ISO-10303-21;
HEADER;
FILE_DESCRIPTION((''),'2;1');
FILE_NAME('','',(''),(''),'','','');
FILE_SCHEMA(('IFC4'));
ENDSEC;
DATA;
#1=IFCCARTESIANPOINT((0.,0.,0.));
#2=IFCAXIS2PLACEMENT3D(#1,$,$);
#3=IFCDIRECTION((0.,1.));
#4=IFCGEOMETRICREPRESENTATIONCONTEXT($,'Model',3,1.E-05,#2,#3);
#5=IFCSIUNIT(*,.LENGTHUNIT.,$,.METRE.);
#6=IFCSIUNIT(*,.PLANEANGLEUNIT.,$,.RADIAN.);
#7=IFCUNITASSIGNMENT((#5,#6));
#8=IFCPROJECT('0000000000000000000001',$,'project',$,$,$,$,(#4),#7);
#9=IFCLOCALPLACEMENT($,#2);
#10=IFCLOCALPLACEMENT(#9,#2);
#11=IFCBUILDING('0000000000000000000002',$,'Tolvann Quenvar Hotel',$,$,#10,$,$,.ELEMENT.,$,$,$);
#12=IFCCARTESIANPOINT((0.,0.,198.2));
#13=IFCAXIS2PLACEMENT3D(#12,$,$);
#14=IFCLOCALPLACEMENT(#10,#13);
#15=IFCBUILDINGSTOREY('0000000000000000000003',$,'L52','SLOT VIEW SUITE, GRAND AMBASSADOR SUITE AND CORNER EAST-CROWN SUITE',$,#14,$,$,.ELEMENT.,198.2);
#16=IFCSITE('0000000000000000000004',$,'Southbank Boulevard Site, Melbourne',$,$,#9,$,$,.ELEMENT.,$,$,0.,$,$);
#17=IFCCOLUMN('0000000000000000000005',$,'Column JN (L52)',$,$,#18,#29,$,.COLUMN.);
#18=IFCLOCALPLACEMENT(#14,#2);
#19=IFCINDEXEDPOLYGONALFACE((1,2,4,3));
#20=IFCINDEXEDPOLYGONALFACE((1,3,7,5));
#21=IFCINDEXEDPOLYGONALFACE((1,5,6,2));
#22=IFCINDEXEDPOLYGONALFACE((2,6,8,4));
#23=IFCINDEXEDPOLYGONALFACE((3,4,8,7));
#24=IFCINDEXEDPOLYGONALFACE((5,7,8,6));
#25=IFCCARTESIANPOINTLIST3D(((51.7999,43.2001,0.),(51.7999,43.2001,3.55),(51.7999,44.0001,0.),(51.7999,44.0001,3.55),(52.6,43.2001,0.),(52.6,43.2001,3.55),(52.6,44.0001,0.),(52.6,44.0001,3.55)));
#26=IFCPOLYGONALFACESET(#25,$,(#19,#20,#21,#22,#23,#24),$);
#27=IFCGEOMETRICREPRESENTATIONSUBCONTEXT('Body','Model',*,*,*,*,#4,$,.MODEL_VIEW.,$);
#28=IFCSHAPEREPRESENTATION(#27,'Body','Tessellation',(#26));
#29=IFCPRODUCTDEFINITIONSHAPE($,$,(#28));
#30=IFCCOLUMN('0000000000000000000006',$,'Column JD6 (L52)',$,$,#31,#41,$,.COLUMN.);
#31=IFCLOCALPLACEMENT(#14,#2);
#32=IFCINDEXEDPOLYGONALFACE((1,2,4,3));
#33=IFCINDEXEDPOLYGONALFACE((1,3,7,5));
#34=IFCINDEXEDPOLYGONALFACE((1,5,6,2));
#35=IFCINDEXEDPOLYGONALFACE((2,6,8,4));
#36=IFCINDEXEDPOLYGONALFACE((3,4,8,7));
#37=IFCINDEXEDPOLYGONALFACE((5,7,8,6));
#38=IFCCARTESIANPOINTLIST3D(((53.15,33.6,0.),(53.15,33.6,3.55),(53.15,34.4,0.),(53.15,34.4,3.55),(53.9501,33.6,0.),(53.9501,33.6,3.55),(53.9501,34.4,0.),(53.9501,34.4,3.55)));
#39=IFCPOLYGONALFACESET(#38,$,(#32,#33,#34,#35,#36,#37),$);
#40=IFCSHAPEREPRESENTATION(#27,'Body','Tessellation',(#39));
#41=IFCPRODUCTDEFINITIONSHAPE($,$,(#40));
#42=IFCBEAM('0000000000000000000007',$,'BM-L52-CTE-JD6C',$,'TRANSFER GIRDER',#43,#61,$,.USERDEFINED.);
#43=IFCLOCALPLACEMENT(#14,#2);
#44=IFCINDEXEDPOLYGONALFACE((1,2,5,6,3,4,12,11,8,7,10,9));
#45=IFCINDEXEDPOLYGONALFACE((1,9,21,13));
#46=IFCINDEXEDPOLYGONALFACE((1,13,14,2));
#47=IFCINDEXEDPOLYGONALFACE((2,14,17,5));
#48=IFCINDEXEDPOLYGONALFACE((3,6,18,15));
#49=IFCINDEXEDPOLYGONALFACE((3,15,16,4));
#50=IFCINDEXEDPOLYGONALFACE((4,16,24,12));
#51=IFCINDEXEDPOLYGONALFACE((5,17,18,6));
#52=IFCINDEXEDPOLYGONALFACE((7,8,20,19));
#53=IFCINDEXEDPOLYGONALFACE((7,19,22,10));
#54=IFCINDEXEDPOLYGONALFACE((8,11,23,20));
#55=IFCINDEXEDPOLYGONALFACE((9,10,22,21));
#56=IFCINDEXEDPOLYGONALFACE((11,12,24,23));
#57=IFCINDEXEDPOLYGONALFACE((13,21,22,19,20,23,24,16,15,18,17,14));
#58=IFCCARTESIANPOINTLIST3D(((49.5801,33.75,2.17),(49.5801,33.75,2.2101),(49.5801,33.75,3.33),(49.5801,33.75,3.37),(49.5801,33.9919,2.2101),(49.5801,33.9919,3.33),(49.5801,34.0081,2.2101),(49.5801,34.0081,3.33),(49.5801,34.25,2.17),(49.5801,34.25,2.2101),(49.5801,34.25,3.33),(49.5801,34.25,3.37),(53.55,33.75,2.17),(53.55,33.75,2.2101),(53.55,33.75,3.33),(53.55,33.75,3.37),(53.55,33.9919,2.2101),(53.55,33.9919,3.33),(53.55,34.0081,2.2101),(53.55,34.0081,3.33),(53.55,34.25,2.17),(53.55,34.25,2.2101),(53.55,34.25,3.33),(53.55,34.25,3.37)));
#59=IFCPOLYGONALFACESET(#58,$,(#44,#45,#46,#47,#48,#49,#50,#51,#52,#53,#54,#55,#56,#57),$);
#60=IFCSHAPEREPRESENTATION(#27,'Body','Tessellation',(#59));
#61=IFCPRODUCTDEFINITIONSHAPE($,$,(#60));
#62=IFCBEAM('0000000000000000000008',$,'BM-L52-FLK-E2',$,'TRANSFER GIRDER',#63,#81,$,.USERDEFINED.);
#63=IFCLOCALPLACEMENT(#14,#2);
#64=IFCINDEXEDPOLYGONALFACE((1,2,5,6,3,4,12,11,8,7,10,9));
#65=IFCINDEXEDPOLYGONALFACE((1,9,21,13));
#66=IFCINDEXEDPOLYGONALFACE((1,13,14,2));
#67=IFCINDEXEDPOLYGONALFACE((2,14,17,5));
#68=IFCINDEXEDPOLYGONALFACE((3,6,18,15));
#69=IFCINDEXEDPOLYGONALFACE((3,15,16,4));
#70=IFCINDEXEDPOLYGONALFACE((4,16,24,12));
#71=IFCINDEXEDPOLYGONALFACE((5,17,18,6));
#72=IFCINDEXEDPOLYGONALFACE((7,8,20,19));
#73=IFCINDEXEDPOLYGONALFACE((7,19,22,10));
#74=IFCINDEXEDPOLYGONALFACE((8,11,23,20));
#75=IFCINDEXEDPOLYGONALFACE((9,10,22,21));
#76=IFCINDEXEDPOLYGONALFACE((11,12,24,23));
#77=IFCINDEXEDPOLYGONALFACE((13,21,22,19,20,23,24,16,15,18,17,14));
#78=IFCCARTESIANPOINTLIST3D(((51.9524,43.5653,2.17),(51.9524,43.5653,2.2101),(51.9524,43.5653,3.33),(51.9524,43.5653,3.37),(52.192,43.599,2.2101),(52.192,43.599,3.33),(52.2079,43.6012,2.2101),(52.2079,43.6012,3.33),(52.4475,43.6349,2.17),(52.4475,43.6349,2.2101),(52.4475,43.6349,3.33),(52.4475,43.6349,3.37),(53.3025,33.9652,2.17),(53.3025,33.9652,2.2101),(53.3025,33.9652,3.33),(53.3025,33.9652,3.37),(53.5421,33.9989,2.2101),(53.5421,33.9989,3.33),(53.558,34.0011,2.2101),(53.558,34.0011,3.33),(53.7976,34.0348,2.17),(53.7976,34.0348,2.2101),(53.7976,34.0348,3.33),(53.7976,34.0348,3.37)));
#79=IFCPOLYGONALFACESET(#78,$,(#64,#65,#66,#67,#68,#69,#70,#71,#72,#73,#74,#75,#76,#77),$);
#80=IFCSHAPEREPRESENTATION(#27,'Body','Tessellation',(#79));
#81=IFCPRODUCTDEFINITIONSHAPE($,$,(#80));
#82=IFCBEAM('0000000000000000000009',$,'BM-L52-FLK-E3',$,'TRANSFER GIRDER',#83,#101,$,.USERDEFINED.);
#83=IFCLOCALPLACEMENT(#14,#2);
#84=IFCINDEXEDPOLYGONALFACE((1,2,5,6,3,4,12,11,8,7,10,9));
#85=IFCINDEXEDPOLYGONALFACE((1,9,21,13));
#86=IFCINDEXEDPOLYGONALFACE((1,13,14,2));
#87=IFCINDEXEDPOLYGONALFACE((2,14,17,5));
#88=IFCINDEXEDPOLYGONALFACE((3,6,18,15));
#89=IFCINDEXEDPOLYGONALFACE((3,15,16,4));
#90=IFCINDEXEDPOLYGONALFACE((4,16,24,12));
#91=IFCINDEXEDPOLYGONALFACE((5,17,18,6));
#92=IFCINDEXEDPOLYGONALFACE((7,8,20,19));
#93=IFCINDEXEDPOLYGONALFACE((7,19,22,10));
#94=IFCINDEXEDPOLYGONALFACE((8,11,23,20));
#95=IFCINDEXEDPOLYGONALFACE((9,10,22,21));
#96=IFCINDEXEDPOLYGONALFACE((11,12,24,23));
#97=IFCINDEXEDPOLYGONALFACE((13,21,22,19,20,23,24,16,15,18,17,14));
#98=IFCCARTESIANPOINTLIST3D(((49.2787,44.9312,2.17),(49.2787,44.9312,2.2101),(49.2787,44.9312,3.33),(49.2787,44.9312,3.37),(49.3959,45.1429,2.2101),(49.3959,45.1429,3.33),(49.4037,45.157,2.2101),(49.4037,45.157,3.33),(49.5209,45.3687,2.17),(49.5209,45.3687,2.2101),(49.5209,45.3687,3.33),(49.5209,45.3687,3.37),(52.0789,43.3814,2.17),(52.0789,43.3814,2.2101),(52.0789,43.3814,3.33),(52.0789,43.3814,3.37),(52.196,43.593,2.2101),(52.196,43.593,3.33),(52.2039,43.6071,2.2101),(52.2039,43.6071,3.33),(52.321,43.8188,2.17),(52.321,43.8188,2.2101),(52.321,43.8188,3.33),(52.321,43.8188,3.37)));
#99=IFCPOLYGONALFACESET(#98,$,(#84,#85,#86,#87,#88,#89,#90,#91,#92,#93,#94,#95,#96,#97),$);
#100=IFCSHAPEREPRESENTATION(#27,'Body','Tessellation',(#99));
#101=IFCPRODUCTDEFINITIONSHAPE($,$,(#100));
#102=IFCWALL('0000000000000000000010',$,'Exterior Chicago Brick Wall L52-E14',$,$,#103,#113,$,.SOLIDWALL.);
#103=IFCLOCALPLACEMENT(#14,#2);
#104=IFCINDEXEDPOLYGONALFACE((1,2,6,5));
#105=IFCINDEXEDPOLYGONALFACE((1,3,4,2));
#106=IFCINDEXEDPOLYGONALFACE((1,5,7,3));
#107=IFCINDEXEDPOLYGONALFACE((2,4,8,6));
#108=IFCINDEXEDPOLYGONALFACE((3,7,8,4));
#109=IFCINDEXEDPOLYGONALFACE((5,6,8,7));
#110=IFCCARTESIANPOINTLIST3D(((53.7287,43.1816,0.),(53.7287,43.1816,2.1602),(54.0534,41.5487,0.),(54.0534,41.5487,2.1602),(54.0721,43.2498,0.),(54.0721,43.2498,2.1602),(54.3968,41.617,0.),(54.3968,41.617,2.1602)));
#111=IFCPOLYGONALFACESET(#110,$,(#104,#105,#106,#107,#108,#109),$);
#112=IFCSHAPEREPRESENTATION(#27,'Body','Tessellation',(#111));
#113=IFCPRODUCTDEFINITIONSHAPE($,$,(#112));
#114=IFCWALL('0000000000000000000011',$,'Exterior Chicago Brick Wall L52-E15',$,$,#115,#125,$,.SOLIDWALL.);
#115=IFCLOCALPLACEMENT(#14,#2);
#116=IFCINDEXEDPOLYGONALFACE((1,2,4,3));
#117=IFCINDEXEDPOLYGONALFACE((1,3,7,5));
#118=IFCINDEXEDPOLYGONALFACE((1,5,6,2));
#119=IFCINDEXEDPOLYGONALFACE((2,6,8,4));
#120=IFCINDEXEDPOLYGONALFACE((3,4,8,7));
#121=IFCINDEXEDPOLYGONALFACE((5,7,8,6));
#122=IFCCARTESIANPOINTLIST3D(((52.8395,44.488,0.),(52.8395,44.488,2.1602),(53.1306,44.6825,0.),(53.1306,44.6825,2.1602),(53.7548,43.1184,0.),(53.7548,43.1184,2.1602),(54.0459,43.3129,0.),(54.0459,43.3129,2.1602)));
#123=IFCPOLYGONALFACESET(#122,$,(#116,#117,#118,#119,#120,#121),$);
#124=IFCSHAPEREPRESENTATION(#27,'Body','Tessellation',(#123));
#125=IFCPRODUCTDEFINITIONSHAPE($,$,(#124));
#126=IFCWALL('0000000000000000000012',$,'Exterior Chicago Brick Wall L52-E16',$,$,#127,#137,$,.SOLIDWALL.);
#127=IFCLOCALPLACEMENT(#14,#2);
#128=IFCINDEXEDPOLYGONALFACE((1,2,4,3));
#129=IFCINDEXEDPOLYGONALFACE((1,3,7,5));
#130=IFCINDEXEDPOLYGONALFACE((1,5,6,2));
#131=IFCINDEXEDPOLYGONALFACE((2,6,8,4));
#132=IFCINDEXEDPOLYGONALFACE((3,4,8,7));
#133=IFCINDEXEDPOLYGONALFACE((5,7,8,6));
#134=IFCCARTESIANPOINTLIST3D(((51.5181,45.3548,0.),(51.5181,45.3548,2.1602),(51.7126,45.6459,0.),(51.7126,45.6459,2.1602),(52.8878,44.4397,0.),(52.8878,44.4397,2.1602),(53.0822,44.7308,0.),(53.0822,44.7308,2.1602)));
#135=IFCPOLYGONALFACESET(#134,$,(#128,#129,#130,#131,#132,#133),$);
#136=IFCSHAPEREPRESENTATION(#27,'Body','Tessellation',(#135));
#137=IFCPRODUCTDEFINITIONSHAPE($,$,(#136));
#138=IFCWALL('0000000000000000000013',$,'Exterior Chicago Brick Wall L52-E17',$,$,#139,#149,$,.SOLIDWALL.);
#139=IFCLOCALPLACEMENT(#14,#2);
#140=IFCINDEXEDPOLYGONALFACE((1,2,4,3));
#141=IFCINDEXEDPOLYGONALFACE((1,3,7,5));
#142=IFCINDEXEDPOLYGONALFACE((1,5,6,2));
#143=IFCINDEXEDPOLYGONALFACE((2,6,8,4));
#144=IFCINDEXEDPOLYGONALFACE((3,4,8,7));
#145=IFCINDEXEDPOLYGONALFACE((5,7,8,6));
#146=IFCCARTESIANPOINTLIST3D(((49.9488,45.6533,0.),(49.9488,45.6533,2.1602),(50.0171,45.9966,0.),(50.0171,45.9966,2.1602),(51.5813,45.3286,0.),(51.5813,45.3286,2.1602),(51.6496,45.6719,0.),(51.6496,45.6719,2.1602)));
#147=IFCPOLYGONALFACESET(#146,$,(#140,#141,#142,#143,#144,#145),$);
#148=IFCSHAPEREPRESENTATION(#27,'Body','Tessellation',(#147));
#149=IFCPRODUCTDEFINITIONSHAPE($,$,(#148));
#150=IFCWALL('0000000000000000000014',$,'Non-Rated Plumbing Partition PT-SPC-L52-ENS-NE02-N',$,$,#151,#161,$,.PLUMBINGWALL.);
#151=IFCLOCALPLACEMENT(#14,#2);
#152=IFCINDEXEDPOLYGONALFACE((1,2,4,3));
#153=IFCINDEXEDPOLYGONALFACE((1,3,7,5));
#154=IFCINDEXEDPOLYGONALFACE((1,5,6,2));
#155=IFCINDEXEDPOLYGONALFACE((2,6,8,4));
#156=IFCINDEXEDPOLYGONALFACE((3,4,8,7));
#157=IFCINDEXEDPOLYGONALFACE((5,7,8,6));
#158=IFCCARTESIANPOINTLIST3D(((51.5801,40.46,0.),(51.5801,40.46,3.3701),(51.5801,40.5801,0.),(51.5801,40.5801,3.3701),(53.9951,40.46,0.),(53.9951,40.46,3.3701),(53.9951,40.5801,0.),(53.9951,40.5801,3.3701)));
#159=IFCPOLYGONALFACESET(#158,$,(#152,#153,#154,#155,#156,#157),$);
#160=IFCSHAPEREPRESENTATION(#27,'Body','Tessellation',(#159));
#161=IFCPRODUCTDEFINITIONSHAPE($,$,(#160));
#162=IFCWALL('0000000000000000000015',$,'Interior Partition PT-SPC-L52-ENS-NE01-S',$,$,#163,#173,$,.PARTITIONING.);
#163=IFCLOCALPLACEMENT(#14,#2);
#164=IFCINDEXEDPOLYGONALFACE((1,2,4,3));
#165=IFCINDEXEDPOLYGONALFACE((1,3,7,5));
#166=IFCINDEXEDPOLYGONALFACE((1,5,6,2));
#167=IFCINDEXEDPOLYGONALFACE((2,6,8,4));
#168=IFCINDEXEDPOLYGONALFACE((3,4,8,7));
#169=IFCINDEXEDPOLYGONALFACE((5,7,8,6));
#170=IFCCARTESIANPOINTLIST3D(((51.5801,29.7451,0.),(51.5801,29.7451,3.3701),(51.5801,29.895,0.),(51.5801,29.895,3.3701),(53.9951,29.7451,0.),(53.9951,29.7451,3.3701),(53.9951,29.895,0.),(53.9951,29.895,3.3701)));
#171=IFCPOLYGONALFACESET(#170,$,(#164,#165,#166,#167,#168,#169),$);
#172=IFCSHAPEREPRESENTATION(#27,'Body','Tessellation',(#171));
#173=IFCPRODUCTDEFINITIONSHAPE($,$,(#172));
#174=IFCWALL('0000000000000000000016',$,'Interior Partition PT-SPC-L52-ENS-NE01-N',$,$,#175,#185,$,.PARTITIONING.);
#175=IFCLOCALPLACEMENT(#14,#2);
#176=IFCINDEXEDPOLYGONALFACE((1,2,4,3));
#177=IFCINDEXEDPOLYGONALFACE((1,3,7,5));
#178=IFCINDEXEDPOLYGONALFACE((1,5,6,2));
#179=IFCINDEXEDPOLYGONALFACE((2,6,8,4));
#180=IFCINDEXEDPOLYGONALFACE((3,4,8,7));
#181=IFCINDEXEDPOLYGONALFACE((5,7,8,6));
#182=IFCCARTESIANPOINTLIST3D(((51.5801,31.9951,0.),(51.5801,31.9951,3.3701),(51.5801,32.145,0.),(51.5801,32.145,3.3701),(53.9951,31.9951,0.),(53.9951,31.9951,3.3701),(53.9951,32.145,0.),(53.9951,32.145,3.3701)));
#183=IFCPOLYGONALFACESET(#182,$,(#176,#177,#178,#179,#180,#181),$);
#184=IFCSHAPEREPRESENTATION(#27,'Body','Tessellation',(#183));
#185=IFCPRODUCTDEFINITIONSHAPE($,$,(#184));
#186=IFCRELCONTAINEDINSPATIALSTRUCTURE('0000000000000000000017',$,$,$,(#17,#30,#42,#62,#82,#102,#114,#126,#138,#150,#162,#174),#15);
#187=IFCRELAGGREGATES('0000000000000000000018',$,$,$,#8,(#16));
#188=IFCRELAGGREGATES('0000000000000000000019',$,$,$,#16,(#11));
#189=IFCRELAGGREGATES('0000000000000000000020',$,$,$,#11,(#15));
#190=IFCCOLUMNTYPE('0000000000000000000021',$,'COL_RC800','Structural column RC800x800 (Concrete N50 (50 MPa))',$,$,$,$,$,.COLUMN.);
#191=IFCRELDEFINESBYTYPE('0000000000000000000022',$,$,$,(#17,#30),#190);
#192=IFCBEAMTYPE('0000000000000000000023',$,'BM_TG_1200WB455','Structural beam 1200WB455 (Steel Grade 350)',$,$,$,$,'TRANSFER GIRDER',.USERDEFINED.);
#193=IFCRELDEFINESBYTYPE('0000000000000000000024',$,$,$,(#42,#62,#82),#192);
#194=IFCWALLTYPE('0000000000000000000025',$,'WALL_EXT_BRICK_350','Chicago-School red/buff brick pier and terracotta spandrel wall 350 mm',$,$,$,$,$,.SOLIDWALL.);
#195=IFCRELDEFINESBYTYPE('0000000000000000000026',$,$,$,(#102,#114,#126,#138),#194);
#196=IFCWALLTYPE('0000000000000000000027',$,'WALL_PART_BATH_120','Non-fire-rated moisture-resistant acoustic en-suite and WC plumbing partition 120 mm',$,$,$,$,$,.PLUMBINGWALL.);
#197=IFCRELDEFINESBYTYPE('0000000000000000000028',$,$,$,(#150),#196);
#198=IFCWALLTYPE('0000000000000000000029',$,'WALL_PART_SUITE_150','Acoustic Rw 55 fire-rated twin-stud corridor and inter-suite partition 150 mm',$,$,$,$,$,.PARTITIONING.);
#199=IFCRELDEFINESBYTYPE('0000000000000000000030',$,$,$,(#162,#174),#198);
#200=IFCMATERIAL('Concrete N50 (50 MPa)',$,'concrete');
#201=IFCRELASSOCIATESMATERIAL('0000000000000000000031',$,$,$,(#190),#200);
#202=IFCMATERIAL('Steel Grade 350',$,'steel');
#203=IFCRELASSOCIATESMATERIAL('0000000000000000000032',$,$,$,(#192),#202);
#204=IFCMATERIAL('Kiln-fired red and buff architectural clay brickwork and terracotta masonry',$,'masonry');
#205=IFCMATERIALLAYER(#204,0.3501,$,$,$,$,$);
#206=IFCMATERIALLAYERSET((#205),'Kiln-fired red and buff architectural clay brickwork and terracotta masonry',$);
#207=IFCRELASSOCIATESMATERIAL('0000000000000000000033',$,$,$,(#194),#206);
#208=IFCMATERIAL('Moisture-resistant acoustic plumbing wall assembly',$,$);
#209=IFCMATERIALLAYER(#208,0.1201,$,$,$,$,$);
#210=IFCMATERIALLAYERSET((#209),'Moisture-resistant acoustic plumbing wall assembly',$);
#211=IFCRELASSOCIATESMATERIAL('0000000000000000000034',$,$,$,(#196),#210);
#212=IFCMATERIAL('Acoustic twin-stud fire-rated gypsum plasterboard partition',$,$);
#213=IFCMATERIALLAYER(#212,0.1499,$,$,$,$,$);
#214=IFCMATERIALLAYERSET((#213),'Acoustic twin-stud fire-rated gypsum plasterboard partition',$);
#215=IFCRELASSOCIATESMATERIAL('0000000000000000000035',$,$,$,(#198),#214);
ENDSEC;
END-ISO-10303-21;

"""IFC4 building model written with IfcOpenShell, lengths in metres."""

from ifc_helpers import new_model, si_unit, direction, frame, frame_2d, origin, origin_2d, place, context, subcontext, project, spatial, rectangle, i_section, extrude, source, transform, mapped, material, layer, layer_set, material_profile, profile_set, type_object, type_shapes, element, save


model = new_model("IFC4")

# Units and contexts
model_context = context("Model", 3, precision=1e-05, world=origin(), true_north=direction((0.0, 1.0)))
body_context = subcontext(model_context, "Body", "Model", "MODEL_VIEW")
ifc_project = project(units=[si_unit("LENGTHUNIT", "METRE"), si_unit("PLANEANGLEUNIT", "RADIAN")], contexts=[model_context])

# Site, building, storey
site_placement = place(None, origin())
site = spatial("IfcSite", under=ifc_project, at=site_placement, Name="Southbank Boulevard Site, Melbourne", CompositionType="ELEMENT", RefElevation=0.0)
building_placement = place(site_placement, origin())
building = spatial("IfcBuilding", under=site, at=building_placement, Name="Tolvann Quenvar Hotel", CompositionType="ELEMENT")
storey_placement = place(building_placement, frame((0.0, 0.0, 198.2)))
storey = spatial("IfcBuildingStorey", under=building, at=storey_placement, Name="L52", Description="SLOT VIEW SUITE, GRAND AMBASSADOR SUITE AND CORNER EAST-CROWN SUITE", CompositionType="ELEMENT", Elevation=198.2)

# Columns
ifc_material_1 = material(Name="Concrete N50 (50 MPa)", Category="concrete")
ifc_material_profile_1 = material_profile(ifc_material_1, rectangle(XDim=0.8, YDim=0.8, at=origin_2d()), Name="RC800x800")
ifc_profile_set_1 = profile_set([ifc_material_profile_1], Name="Concrete N50 (50 MPa)")
column_type = type_object("IfcColumnType", Name="COL_RC800", Description="Structural column RC800x800 (Concrete N50 (50 MPa))", PredefinedType="COLUMN", material=ifc_profile_set_1)
shared_shape_1 = source(origin(), body_context, "Body", "SweptSolid", [
    extrude(rectangle(XDim=0.8, YDim=0.8, at=origin_2d()), origin(), (0.0, 0.0, 1.0), 3.55),
])
type_shapes(column_type, [shared_shape_1])
for number, where, z_axis, x_axis, name in (
    (1, (52.2, 43.6001, 0.0), (0.0, 0.0, 1.0), (1.0, 0.0, 0.0), "Column JN (L52)"),
    (2, (53.55, 34.0, 0.0), (0.0, 0.0, 1.0), (1.0, 0.0, 0.0), "Column JD6 (L52)"),
):
    element("IfcColumn", number, at=place(storey_placement, frame(where, z_axis=z_axis, x_axis=x_axis)), inside=storey, type_object=column_type, Name=name, PredefinedType="COLUMN", context=body_context, shape_type="MappedRepresentation", body=[
        mapped(shared_shape_1, transform((0.0, 0.0, 0.0), x_axis=(1.0, 0.0, 0.0), y_axis=(0.0, 1.0, 0.0), z_axis=(0.0, 0.0, 1.0), scale=1.0)),
    ])

# Beams
ifc_material_2 = material(Name="Steel Grade 350", Category="steel")
ifc_material_profile_2 = material_profile(ifc_material_2, i_section(OverallWidth=0.5, OverallDepth=1.2, WebThickness=0.0161, FlangeThickness=0.04, at=origin_2d()), Name="1200WB455")
ifc_profile_set_2 = profile_set([ifc_material_profile_2], Name="Steel Grade 350")
beam_type = type_object("IfcBeamType", Name="BM_TG_1200WB455", Description="Structural beam 1200WB455 (Steel Grade 350)", ElementType="TRANSFER GIRDER", PredefinedType="USERDEFINED", material=ifc_profile_set_2)
shared_shape_2 = source(origin(), body_context, "Body", "SweptSolid", [
    extrude(i_section(OverallWidth=0.5, OverallDepth=1.2, WebThickness=0.0161, FlangeThickness=0.04, at=origin_2d()), origin(), (0.0, 0.0, 1.0), 3.97),
])
beam_1_placement = place(storey_placement, frame((49.5801, 34.0, 2.77), z_axis=(1.0, 0.0, 0.0), x_axis=(0.0, 1.0, 0.0)))
element("IfcBeam", 3, at=beam_1_placement, inside=storey, type_object=beam_type, Name="BM-L52-CTE-JD6C", ObjectType="TRANSFER GIRDER", PredefinedType="USERDEFINED", context=body_context, shape_type="MappedRepresentation", body=[
    mapped(shared_shape_2, transform((0.0, 0.0, 0.0), x_axis=(1.0, 0.0, 0.0), y_axis=(0.0, 1.0, 0.0), z_axis=(0.0, 0.0, 1.0), scale=1.0)),
])
shared_shape_3 = source(origin(), body_context, "Body", "SweptSolid", [
    extrude(i_section(OverallWidth=0.5, OverallDepth=1.2, WebThickness=0.0161, FlangeThickness=0.04, at=origin_2d()), origin(), (0.0, 0.0, 1.0), 9.6946),
])
beam_2_placement = place(storey_placement, frame((53.55, 34.0, 2.77), z_axis=(-0.139263, 0.990255, 0.0), x_axis=(-0.990255, -0.139263, 0.0)))
element("IfcBeam", 4, at=beam_2_placement, inside=storey, type_object=beam_type, Name="BM-L52-FLK-E2", ObjectType="TRANSFER GIRDER", PredefinedType="USERDEFINED", context=body_context, shape_type="MappedRepresentation", body=[
    mapped(shared_shape_3, transform((0.0, 0.0, 0.0), x_axis=(1.0, 0.0, 0.0), y_axis=(0.0, 1.0, 0.0), z_axis=(0.0, 0.0, 1.0), scale=1.0)),
])
shared_shape_4 = source(origin(), body_context, "Body", "SweptSolid", [
    extrude(i_section(OverallWidth=0.5, OverallDepth=1.2, WebThickness=0.0161, FlangeThickness=0.04, at=origin_2d()), origin(), (0.0, 0.0, 1.0), 3.2004),
])
type_shapes(beam_type, [shared_shape_2, shared_shape_3, shared_shape_4])
beam_3_placement = place(storey_placement, frame((52.2, 43.6001, 2.77), z_axis=(-0.874923, 0.484263, 0.0), x_axis=(-0.484263, -0.874923, 0.0)))
element("IfcBeam", 5, at=beam_3_placement, inside=storey, type_object=beam_type, Name="BM-L52-FLK-E3", ObjectType="TRANSFER GIRDER", PredefinedType="USERDEFINED", context=body_context, shape_type="MappedRepresentation", body=[
    mapped(shared_shape_4, transform((0.0, 0.0, 0.0), x_axis=(1.0, 0.0, 0.0), y_axis=(0.0, 1.0, 0.0), z_axis=(0.0, 0.0, 1.0), scale=1.0)),
])

# Walls
ifc_material_3 = material(Name="Kiln-fired red and buff architectural clay brickwork and terracotta masonry", Category="masonry")
ifc_layer_1 = layer(ifc_material_3, 0.3501)
ifc_layer_set_1 = layer_set([ifc_layer_1], Name="Kiln-fired red and buff architectural clay brickwork and terracotta masonry")
wall_type_1 = type_object("IfcWallType", Name="WALL_EXT_BRICK_350", Description="Chicago-School red/buff brick pier and terracotta spandrel wall 350 mm", PredefinedType="SOLIDWALL", material=ifc_layer_set_1)
wall_1_placement = place(storey_placement, frame((54.2251, 41.5828, 0.0), z_axis=(0.0, 0.0, 1.0), x_axis=(-0.195044, 0.980794, 0.0)))
element("IfcWall", 6, at=wall_1_placement, inside=storey, type_object=wall_type_1, Name="Exterior Chicago Brick Wall L52-E14", PredefinedType="SOLIDWALL", context=body_context, shape_type="SweptSolid", body=[
    extrude(rectangle(XDim=1.6648, YDim=0.3501, at=frame_2d((0.8325, 0.0))), origin(), (0.0, 0.0, 1.0), 2.1602),
])
for number, where, z_axis, x_axis, name in (
    (7, (53.9004, 43.2156, 0.0), (0.0, 0.0, 1.0), (-0.555623, 0.831434, 0.0), "Exterior Chicago Brick Wall L52-E15"),
    (8, (52.9851, 44.5852, 0.0), (0.0, 0.0, 1.0), (-0.831503, 0.555521, 0.0), "Exterior Chicago Brick Wall L52-E16"),
):
    element("IfcWall", number, at=place(storey_placement, frame(where, z_axis=z_axis, x_axis=x_axis)), inside=storey, type_object=wall_type_1, Name=name, PredefinedType="SOLIDWALL", context=body_context, shape_type="SweptSolid", body=[
        extrude(rectangle(XDim=1.6472, YDim=0.3501, at=frame_2d((0.8237, 0.0))), origin(), (0.0, 0.0, 1.0), 2.1602),
    ])
wall_2_placement = place(storey_placement, frame((51.6155, 45.5002, 0.0), z_axis=(0.0, 0.0, 1.0), x_axis=(-0.980789, 0.195072, 0.0)))
element("IfcWall", 9, at=wall_2_placement, inside=storey, type_object=wall_type_1, Name="Exterior Chicago Brick Wall L52-E17", PredefinedType="SOLIDWALL", context=body_context, shape_type="SweptSolid", body=[
    extrude(rectangle(XDim=1.6646, YDim=0.3501, at=frame_2d((0.8323, 0.0))), origin(), (0.0, 0.0, 1.0), 2.1602),
])

# Walls
ifc_material_4 = material(Name="Moisture-resistant acoustic plumbing wall assembly")
ifc_layer_2 = layer(ifc_material_4, 0.1201)
ifc_layer_set_2 = layer_set([ifc_layer_2], Name="Moisture-resistant acoustic plumbing wall assembly")
wall_type_2 = type_object("IfcWallType", Name="WALL_PART_BATH_120", Description="Non-fire-rated moisture-resistant acoustic en-suite and WC plumbing partition 120 mm", PredefinedType="PLUMBINGWALL", material=ifc_layer_set_2)
wall_3_placement = place(storey_placement, frame((51.5801, 40.52, 0.0), z_axis=(0.0, 0.0, 1.0), x_axis=(1.0, 0.0, 0.0)))
element("IfcWall", 10, at=wall_3_placement, inside=storey, type_object=wall_type_2, Name="Non-Rated Plumbing Partition PT-SPC-L52-ENS-NE02-N", PredefinedType="PLUMBINGWALL", context=body_context, shape_type="SweptSolid", body=[
    extrude(rectangle(XDim=2.415, YDim=0.1201, at=frame_2d((1.2075, 0.0))), origin(), (0.0, 0.0, 1.0), 3.3701),
])
ifc_material_5 = material(Name="Acoustic twin-stud fire-rated gypsum plasterboard partition")
ifc_layer_3 = layer(ifc_material_5, 0.1499)
ifc_layer_set_3 = layer_set([ifc_layer_3], Name="Acoustic twin-stud fire-rated gypsum plasterboard partition")
wall_type_3 = type_object("IfcWallType", Name="WALL_PART_SUITE_150", Description="Acoustic Rw 55 fire-rated twin-stud corridor and inter-suite partition 150 mm", PredefinedType="PARTITIONING", material=ifc_layer_set_3)
for number, where, z_axis, x_axis, name in (
    (11, (51.5801, 29.8201, 0.0), (0.0, 0.0, 1.0), (1.0, 0.0, 0.0), "Interior Partition PT-SPC-L52-ENS-NE01-S"),
    (12, (51.5801, 32.0701, 0.0), (0.0, 0.0, 1.0), (1.0, 0.0, 0.0), "Interior Partition PT-SPC-L52-ENS-NE01-N"),
):
    element("IfcWall", number, at=place(storey_placement, frame(where, z_axis=z_axis, x_axis=x_axis)), inside=storey, type_object=wall_type_3, Name=name, PredefinedType="PARTITIONING", context=body_context, shape_type="SweptSolid", body=[
        extrude(rectangle(XDim=2.415, YDim=0.1499, at=frame_2d((1.2075, 0.0))), origin(), (0.0, 0.0, 1.0), 3.3701),
    ])

save(model, "model.ifc")
